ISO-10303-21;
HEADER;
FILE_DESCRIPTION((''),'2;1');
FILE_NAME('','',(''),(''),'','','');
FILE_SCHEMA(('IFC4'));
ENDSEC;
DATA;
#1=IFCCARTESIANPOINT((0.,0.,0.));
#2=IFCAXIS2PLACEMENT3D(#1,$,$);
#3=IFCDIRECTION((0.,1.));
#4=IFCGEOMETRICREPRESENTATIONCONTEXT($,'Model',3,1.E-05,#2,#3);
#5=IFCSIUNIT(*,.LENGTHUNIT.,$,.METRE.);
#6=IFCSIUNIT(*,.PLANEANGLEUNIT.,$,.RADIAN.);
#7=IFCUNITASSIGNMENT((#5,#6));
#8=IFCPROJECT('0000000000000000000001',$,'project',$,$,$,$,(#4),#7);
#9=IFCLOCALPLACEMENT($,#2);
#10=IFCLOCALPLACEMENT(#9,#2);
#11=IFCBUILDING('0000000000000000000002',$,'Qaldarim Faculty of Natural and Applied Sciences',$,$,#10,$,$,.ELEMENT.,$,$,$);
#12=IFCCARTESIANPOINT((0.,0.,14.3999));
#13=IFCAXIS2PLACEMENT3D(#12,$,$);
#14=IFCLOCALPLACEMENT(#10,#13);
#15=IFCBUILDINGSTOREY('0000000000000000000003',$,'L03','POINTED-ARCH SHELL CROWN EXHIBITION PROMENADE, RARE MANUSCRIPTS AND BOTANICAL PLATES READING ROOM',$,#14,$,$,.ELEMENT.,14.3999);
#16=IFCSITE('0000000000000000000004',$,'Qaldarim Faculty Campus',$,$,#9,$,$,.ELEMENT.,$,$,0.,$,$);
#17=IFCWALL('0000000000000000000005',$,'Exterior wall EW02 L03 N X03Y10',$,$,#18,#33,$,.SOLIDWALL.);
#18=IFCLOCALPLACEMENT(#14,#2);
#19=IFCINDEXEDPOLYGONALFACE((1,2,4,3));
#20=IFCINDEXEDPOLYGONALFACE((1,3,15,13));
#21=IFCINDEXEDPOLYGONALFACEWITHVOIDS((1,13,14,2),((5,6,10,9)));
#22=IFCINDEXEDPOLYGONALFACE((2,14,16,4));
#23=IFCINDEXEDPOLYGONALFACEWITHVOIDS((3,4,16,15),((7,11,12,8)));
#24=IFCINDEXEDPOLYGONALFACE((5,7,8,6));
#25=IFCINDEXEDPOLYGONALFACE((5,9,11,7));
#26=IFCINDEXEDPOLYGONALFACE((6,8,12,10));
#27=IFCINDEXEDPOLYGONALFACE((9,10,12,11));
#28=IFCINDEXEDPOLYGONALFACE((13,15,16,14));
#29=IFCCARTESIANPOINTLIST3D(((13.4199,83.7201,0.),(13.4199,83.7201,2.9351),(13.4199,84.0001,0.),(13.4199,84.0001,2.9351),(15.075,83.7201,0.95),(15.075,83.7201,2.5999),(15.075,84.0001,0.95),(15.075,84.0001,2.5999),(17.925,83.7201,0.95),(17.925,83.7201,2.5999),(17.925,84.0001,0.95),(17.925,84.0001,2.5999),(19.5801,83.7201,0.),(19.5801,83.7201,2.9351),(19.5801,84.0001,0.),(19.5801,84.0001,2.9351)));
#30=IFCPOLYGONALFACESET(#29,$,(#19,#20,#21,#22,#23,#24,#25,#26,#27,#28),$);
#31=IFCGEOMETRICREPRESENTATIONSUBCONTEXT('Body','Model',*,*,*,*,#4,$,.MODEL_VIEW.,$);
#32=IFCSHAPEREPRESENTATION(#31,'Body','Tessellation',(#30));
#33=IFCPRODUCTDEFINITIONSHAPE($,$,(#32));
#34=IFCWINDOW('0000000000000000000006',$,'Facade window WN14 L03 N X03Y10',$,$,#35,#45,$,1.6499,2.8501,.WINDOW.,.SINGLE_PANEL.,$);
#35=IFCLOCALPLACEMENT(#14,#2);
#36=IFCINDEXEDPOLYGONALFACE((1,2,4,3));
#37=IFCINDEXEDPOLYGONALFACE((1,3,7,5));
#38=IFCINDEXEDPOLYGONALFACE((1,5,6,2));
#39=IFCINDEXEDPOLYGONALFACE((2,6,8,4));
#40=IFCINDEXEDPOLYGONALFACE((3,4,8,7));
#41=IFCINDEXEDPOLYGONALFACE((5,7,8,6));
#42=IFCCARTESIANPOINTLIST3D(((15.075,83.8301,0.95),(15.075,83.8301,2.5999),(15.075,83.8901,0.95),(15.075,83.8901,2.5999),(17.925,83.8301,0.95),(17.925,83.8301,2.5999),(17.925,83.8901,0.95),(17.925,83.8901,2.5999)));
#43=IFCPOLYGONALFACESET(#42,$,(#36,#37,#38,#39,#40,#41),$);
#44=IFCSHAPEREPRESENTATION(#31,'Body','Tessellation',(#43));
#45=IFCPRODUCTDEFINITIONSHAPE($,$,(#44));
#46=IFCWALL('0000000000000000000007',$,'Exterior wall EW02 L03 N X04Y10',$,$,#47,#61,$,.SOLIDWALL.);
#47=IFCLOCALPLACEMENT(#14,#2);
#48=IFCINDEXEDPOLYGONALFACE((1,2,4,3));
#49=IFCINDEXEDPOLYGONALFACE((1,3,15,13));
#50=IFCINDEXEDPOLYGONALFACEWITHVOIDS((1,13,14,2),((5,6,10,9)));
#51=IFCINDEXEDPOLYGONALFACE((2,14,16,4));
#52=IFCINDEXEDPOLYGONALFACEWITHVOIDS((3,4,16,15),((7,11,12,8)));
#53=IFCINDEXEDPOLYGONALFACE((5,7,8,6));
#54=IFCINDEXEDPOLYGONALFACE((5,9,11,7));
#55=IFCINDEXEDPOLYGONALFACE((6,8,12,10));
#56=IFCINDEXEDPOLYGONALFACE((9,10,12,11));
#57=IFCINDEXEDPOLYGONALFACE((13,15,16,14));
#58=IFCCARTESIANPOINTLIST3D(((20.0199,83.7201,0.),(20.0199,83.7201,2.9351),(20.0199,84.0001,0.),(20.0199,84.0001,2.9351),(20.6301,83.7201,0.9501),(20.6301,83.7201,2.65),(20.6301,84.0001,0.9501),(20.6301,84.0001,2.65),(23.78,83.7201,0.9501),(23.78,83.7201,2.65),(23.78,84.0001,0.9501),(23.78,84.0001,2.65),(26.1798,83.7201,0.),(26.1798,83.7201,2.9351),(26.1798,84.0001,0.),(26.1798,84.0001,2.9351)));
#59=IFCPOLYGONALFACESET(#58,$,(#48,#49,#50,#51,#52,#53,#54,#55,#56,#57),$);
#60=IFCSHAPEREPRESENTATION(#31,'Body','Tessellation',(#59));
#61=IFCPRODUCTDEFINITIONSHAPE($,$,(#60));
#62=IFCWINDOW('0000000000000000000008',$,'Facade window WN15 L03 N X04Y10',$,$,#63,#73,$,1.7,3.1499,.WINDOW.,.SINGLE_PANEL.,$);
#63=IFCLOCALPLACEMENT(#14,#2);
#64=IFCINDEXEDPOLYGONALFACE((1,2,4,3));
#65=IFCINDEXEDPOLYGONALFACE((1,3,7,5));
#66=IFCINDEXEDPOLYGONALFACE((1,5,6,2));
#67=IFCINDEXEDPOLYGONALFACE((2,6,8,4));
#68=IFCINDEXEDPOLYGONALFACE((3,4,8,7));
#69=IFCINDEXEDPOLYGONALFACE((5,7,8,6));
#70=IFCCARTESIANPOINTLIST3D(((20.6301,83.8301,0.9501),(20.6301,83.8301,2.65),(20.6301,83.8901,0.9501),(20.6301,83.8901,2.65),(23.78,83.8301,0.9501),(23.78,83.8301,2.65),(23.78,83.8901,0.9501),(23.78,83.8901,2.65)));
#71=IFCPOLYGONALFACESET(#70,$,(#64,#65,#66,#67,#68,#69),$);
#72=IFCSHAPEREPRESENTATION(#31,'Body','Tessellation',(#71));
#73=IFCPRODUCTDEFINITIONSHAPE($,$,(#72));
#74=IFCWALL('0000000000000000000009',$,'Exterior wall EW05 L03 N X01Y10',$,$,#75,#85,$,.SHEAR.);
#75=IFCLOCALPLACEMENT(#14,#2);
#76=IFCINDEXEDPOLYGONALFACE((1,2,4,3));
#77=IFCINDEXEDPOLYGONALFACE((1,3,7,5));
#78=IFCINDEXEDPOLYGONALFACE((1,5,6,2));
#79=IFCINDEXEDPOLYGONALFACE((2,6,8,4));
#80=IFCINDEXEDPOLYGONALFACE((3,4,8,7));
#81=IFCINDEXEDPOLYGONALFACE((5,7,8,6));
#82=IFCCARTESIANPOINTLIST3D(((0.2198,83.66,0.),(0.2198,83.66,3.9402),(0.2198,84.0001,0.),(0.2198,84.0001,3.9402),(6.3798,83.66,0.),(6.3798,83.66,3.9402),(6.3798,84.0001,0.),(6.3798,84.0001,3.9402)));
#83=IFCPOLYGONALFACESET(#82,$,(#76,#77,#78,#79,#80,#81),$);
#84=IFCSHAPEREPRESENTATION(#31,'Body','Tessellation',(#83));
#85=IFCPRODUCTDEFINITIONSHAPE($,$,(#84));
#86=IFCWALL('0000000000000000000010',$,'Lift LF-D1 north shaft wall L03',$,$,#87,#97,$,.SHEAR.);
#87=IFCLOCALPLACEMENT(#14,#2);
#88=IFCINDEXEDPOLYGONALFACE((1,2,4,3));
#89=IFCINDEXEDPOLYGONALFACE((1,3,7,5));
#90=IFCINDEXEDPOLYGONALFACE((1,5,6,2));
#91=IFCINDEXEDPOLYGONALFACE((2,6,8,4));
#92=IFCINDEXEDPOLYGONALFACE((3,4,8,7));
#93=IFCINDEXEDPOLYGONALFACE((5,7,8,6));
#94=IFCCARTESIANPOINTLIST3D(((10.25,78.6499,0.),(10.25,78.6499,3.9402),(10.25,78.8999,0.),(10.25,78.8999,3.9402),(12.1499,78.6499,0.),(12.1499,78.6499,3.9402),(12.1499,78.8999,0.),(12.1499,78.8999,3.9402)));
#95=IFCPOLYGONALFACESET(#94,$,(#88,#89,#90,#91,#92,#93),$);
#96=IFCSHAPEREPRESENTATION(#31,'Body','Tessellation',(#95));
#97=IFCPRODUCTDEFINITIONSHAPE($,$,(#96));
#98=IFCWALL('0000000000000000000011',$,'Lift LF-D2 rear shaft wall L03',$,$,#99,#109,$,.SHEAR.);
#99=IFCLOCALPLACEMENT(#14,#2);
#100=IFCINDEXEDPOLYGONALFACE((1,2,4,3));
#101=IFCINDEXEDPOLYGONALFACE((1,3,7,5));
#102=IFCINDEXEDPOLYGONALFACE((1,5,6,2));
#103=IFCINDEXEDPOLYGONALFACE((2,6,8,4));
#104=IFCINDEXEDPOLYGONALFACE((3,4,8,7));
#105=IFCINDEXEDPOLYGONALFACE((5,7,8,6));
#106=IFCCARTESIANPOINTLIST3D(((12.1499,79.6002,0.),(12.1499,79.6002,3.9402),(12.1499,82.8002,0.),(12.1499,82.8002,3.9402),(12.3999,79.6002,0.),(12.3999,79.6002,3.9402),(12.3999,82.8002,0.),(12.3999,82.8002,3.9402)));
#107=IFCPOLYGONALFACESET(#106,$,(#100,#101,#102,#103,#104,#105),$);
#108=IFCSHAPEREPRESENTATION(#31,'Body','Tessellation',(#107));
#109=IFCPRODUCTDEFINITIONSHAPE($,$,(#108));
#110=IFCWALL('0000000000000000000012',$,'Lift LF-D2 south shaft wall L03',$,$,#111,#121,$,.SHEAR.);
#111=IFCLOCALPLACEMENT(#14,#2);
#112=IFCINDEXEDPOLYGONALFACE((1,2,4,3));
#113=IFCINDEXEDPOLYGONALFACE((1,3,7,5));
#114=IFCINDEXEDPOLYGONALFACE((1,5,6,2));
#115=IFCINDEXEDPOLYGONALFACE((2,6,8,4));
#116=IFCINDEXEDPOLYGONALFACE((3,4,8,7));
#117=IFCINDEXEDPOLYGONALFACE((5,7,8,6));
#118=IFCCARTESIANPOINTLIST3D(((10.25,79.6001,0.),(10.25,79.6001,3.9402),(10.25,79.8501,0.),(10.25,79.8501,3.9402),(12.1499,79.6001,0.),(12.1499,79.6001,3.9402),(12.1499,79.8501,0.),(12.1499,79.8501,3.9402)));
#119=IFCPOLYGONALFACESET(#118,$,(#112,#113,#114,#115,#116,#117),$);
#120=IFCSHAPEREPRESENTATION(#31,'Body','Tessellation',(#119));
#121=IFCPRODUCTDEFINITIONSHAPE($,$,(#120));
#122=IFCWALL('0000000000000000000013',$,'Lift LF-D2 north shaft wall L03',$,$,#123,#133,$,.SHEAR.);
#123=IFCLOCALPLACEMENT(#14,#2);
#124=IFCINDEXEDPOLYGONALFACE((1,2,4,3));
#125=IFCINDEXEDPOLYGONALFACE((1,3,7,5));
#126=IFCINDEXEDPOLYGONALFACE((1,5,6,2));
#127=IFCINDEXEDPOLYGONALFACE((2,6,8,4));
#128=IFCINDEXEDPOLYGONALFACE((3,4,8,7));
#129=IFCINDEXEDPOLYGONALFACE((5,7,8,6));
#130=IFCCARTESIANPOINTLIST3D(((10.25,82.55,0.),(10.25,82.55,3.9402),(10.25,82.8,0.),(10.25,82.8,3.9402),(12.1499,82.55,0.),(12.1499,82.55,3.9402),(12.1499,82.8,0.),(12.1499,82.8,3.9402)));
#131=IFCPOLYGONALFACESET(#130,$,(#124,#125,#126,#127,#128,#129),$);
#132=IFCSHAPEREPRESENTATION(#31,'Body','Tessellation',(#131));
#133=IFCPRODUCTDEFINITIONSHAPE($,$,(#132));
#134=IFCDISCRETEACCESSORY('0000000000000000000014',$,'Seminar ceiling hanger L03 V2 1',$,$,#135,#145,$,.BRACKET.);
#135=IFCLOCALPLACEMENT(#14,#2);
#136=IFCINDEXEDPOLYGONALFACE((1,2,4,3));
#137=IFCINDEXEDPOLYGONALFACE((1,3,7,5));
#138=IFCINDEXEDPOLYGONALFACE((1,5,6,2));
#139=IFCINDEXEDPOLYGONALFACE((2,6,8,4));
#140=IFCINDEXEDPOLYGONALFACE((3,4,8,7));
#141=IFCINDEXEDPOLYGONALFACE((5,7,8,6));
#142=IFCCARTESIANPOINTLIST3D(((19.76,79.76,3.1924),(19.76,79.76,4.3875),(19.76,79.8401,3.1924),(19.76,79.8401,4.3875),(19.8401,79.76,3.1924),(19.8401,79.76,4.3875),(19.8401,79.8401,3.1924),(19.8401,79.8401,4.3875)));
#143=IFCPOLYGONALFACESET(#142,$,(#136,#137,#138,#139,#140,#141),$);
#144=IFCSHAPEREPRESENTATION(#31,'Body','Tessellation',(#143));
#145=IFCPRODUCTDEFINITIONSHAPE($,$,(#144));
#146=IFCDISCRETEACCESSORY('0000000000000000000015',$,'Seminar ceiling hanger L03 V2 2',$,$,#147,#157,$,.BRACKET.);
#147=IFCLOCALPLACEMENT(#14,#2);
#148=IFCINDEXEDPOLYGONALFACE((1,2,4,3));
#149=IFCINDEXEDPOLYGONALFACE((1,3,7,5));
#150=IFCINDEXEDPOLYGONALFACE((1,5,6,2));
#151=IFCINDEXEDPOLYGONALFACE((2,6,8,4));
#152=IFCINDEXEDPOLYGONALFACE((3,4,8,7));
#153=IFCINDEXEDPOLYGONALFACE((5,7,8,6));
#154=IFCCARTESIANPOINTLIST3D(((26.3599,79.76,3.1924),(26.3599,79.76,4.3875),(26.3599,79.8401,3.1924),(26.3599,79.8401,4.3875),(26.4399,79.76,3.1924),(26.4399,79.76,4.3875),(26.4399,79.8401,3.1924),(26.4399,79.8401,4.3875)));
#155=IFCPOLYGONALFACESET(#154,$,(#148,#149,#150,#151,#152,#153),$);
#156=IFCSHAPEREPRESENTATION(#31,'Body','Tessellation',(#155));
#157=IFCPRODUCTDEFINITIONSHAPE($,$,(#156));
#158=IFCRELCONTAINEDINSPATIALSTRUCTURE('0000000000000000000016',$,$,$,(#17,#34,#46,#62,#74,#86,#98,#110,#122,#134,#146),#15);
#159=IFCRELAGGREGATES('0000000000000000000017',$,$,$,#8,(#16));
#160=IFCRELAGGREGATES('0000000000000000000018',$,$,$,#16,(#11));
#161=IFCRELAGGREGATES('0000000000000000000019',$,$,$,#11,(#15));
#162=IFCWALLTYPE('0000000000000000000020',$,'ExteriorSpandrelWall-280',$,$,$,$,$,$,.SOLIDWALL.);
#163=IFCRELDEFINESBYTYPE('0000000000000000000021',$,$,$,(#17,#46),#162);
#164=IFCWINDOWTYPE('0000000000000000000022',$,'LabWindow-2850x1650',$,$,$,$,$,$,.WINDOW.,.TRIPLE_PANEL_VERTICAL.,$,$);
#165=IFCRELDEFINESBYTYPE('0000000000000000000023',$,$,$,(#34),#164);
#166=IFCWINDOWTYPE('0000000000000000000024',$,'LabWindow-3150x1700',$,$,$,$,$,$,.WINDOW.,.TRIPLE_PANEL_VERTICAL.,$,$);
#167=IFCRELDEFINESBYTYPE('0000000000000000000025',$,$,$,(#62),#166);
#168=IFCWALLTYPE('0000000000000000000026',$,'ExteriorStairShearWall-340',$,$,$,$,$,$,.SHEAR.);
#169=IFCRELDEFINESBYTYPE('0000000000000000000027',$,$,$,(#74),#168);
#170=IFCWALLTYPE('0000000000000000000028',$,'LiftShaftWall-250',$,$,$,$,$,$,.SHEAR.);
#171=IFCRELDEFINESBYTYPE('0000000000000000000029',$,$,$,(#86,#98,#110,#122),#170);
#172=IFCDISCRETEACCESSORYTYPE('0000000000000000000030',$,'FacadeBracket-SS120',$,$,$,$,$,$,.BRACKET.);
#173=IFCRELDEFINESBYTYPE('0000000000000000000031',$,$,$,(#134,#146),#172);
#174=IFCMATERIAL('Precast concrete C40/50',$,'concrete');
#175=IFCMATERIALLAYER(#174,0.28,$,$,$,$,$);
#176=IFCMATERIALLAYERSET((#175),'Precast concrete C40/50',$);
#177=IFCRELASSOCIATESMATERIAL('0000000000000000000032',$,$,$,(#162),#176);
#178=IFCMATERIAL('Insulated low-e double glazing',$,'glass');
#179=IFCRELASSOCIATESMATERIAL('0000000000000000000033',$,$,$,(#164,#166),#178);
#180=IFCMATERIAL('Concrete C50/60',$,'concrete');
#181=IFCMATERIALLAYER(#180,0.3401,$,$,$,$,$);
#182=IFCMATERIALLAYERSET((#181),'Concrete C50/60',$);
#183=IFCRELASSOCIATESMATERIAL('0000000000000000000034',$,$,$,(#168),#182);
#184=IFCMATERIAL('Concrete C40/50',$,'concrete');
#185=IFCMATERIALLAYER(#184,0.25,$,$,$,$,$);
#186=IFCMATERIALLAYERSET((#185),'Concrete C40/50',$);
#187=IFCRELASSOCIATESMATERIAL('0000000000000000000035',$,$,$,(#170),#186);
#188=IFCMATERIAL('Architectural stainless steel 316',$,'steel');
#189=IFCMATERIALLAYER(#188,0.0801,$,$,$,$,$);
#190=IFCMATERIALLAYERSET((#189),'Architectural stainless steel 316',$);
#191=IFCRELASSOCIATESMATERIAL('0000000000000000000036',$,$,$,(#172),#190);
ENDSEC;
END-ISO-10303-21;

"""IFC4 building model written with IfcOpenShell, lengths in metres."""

from ifc_helpers import new_model, si_unit, direction, frame, frame_2d, origin, origin_2d, place, context, subcontext, project, spatial, rectangle, extrude, material, layer, layer_set, type_object, element, fill, save


model = new_model("IFC4")

# Units and contexts
model_context = context("Model", 3, precision=1e-05, world=origin(), true_north=direction((0.0, 1.0)))
body_context = subcontext(model_context, "Body", "Model", "MODEL_VIEW")
ifc_project = project(units=[si_unit("LENGTHUNIT", "METRE"), si_unit("PLANEANGLEUNIT", "RADIAN")], contexts=[model_context])

# Site, building, storey
site_placement = place(None, origin())
site = spatial("IfcSite", under=ifc_project, at=site_placement, Name="Qaldarim Faculty Campus", CompositionType="ELEMENT", RefElevation=0.0)
building_placement = place(site_placement, origin())
building = spatial("IfcBuilding", under=site, at=building_placement, Name="Qaldarim Faculty of Natural and Applied Sciences", CompositionType="ELEMENT")
storey_placement = place(building_placement, frame((0.0, 0.0, 14.3999)))
storey = spatial("IfcBuildingStorey", under=building, at=storey_placement, Name="L03", Description="POINTED-ARCH SHELL CROWN EXHIBITION PROMENADE, RARE MANUSCRIPTS AND BOTANICAL PLATES READING ROOM", CompositionType="ELEMENT", Elevation=14.3999)

# Shared definitions
ifc_material_1 = material(Name="Concrete C40/50", Category="concrete")

# Shared definitions
ifc_material_2 = material(Name="Precast concrete C40/50", Category="concrete")

# Walls, openings, windows
ifc_layer_1 = layer(ifc_material_2, 0.28)
ifc_layer_set_1 = layer_set([ifc_layer_1], Name="Precast concrete C40/50")
wall_type_1 = type_object("IfcWallType", Name="ExteriorSpandrelWall-280", PredefinedType="SOLIDWALL", material=ifc_layer_set_1)
ifc_material_3 = material(Name="Insulated low-e double glazing", Category="glass")
wall_1_placement = place(storey_placement, frame((19.5801, 83.8601, 0.0), z_axis=(0.0, 0.0, 1.0), x_axis=(-1.0, 0.0, 0.0)))
wall_1 = element("IfcWall", 1, at=wall_1_placement, inside=storey, type_object=wall_type_1, Name="Exterior wall EW02 L03 N X03Y10", PredefinedType="SOLIDWALL", context=body_context, shape_type="SweptSolid", body=[
    extrude(rectangle(XDim=6.1602, YDim=0.28, at=frame_2d((3.0801, 0.0))), origin(), (0.0, 0.0, 1.0), 2.9351),
])
opening_1_placement = place(wall_1_placement, frame((1.655, 0.0, 0.95)))
opening_1 = element("IfcOpeningElement", 2, at=opening_1_placement, cuts=wall_1, PredefinedType="OPENING", context=body_context, shape_type="SweptSolid", body=[
    extrude(rectangle(XDim=2.8501, YDim=1.6499, at=frame_2d((1.425, 0.825))), frame((0.0, 0.1499, 0.0), z_axis=(0.0, -1.0, 0.0), x_axis=(1.0, 0.0, 0.0)), (0.0, 0.0, 1.0), 0.3),
])
window_type_1 = type_object("IfcWindowType", Name="LabWindow-2850x1650", PartitioningType="TRIPLE_PANEL_VERTICAL", PredefinedType="WINDOW", material=ifc_material_3)
window_1_placement = place(opening_1_placement, origin())
window_1 = element("IfcWindow", 3, at=window_1_placement, inside=storey, type_object=window_type_1, Name="Facade window WN14 L03 N X03Y10", OverallHeight=1.6499, OverallWidth=2.8501, PartitioningType="SINGLE_PANEL", PredefinedType="WINDOW", context=body_context, shape_type="SweptSolid", body=[
    extrude(rectangle(XDim=2.8501, YDim=1.6499, at=frame_2d((1.425, 0.825))), frame((0.0, 0.03, 0.0), z_axis=(0.0, -1.0, 0.0), x_axis=(1.0, 0.0, 0.0)), (0.0, 0.0, 1.0), 0.0601),
])
fill(opening_1, window_1)
wall_2_placement = place(storey_placement, frame((26.1799, 83.8601, 0.0), z_axis=(0.0, 0.0, 1.0), x_axis=(-1.0, 0.0, 0.0)))
wall_2 = element("IfcWall", 4, at=wall_2_placement, inside=storey, type_object=wall_type_1, Name="Exterior wall EW02 L03 N X04Y10", PredefinedType="SOLIDWALL", context=body_context, shape_type="SweptSolid", body=[
    extrude(rectangle(XDim=6.1599, YDim=0.28, at=frame_2d((3.0801, 0.0))), origin(), (0.0, 0.0, 1.0), 2.9351),
])
opening_2_placement = place(wall_2_placement, frame((2.3999, 0.0, 0.95)))
opening_2 = element("IfcOpeningElement", 5, at=opening_2_placement, cuts=wall_2, PredefinedType="OPENING", context=body_context, shape_type="SweptSolid", body=[
    extrude(rectangle(XDim=3.1499, YDim=1.7, at=frame_2d((1.575, 0.8501))), frame((0.0, 0.1499, 0.0), z_axis=(0.0, -1.0, 0.0), x_axis=(1.0, 0.0, 0.0)), (0.0, 0.0, 1.0), 0.3),
])
window_type_2 = type_object("IfcWindowType", Name="LabWindow-3150x1700", PartitioningType="TRIPLE_PANEL_VERTICAL", PredefinedType="WINDOW", material=ifc_material_3)
window_2_placement = place(opening_2_placement, origin())
window_2 = element("IfcWindow", 6, at=window_2_placement, inside=storey, type_object=window_type_2, Name="Facade window WN15 L03 N X04Y10", OverallHeight=1.7, OverallWidth=3.1499, PartitioningType="SINGLE_PANEL", PredefinedType="WINDOW", context=body_context, shape_type="SweptSolid", body=[
    extrude(rectangle(XDim=3.1499, YDim=1.7, at=frame_2d((1.575, 0.8501))), frame((0.0, 0.03, 0.0), z_axis=(0.0, -1.0, 0.0), x_axis=(1.0, 0.0, 0.0)), (0.0, 0.0, 1.0), 0.0601),
])
fill(opening_2, window_2)

# Walls
ifc_material_4 = material(Name="Concrete C50/60", Category="concrete")
ifc_layer_2 = layer(ifc_material_4, 0.3401)
ifc_layer_set_2 = layer_set([ifc_layer_2], Name="Concrete C50/60")
wall_type_2 = type_object("IfcWallType", Name="ExteriorStairShearWall-340", PredefinedType="SHEAR", material=ifc_layer_set_2)
wall_3_placement = place(storey_placement, frame((6.3799, 83.8301, 0.0), z_axis=(0.0, 0.0, 1.0), x_axis=(-1.0, 0.0, 0.0)))
element("IfcWall", 7, at=wall_3_placement, inside=storey, type_object=wall_type_2, Name="Exterior wall EW05 L03 N X01Y10", PredefinedType="SHEAR", context=body_context, shape_type="SweptSolid", body=[
    extrude(rectangle(XDim=6.1599, YDim=0.3401, at=frame_2d((3.0801, 0.0))), origin(), (0.0, 0.0, 1.0), 3.9402),
])
ifc_layer_3 = layer(ifc_material_1, 0.25)
ifc_layer_set_3 = layer_set([ifc_layer_3], Name="Concrete C40/50")
wall_type_3 = type_object("IfcWallType", Name="LiftShaftWall-250", PredefinedType="SHEAR", material=ifc_layer_set_3)
wall_4_placement = place(storey_placement, frame((10.25, 78.7749, 0.0), z_axis=(0.0, 0.0, 1.0), x_axis=(1.0, 0.0, 0.0)))
element("IfcWall", 8, at=wall_4_placement, inside=storey, type_object=wall_type_3, Name="Lift LF-D1 north shaft wall L03", PredefinedType="SHEAR", context=body_context, shape_type="SweptSolid", body=[
    extrude(rectangle(XDim=1.8999, YDim=0.25, at=frame_2d((0.95, 0.0))), origin(), (0.0, 0.0, 1.0), 3.9402),
])

# Shared definitions
ifc_material_5 = material(Name="Architectural stainless steel 316", Category="steel")

# Walls
wall_5_placement = place(storey_placement, frame((12.2749, 79.6001, 0.0), z_axis=(0.0, 0.0, 1.0), x_axis=(0.0, 1.0, 0.0)))
element("IfcWall", 9, at=wall_5_placement, inside=storey, type_object=wall_type_3, Name="Lift LF-D2 rear shaft wall L03", PredefinedType="SHEAR", context=body_context, shape_type="SweptSolid", body=[
    extrude(rectangle(XDim=3.2, YDim=0.25, at=frame_2d((1.6001, 0.0))), origin(), (0.0, 0.0, 1.0), 3.9402),
])
for number, where, z_axis, x_axis, name in (
    (10, (10.25, 79.7251, 0.0), (0.0, 0.0, 1.0), (1.0, 0.0, 0.0), "Lift LF-D2 south shaft wall L03"),
    (11, (10.25, 82.675, 0.0), (0.0, 0.0, 1.0), (1.0, 0.0, 0.0), "Lift LF-D2 north shaft wall L03"),
):
    element("IfcWall", number, at=place(storey_placement, frame(where, z_axis=z_axis, x_axis=x_axis)), inside=storey, type_object=wall_type_3, Name=name, PredefinedType="SHEAR", context=body_context, shape_type="SweptSolid", body=[
        extrude(rectangle(XDim=1.8999, YDim=0.25, at=frame_2d((0.95, 0.0))), origin(), (0.0, 0.0, 1.0), 3.9402),
    ])

# Discrete accessories
ifc_layer_4 = layer(ifc_material_5, 0.0801)
ifc_layer_set_4 = layer_set([ifc_layer_4], Name="Architectural stainless steel 316")
discrete_accessory_type = type_object("IfcDiscreteAccessoryType", Name="FacadeBracket-SS120", PredefinedType="BRACKET", material=ifc_layer_set_4)
for number, where, z_axis, x_axis, name in (
    (12, (19.8, 79.8, 3.1924), (0.0, 0.0, 1.0), (1.0, 0.0, 0.0), "Seminar ceiling hanger L03 V2 1"),
    (13, (26.3999, 79.8, 3.1924), (0.0, 0.0, 1.0), (1.0, 0.0, 0.0), "Seminar ceiling hanger L03 V2 2"),
):
    element("IfcDiscreteAccessory", number, at=place(storey_placement, frame(where, z_axis=z_axis, x_axis=x_axis)), inside=storey, type_object=discrete_accessory_type, Name=name, PredefinedType="BRACKET", context=body_context, shape_type="SweptSolid", body=[
        extrude(rectangle(XDim=0.0801, YDim=0.0801, at=origin_2d()), origin(), (0.0, 0.0, 1.0), 1.1951),
    ])

save(model, "model.ifc")
